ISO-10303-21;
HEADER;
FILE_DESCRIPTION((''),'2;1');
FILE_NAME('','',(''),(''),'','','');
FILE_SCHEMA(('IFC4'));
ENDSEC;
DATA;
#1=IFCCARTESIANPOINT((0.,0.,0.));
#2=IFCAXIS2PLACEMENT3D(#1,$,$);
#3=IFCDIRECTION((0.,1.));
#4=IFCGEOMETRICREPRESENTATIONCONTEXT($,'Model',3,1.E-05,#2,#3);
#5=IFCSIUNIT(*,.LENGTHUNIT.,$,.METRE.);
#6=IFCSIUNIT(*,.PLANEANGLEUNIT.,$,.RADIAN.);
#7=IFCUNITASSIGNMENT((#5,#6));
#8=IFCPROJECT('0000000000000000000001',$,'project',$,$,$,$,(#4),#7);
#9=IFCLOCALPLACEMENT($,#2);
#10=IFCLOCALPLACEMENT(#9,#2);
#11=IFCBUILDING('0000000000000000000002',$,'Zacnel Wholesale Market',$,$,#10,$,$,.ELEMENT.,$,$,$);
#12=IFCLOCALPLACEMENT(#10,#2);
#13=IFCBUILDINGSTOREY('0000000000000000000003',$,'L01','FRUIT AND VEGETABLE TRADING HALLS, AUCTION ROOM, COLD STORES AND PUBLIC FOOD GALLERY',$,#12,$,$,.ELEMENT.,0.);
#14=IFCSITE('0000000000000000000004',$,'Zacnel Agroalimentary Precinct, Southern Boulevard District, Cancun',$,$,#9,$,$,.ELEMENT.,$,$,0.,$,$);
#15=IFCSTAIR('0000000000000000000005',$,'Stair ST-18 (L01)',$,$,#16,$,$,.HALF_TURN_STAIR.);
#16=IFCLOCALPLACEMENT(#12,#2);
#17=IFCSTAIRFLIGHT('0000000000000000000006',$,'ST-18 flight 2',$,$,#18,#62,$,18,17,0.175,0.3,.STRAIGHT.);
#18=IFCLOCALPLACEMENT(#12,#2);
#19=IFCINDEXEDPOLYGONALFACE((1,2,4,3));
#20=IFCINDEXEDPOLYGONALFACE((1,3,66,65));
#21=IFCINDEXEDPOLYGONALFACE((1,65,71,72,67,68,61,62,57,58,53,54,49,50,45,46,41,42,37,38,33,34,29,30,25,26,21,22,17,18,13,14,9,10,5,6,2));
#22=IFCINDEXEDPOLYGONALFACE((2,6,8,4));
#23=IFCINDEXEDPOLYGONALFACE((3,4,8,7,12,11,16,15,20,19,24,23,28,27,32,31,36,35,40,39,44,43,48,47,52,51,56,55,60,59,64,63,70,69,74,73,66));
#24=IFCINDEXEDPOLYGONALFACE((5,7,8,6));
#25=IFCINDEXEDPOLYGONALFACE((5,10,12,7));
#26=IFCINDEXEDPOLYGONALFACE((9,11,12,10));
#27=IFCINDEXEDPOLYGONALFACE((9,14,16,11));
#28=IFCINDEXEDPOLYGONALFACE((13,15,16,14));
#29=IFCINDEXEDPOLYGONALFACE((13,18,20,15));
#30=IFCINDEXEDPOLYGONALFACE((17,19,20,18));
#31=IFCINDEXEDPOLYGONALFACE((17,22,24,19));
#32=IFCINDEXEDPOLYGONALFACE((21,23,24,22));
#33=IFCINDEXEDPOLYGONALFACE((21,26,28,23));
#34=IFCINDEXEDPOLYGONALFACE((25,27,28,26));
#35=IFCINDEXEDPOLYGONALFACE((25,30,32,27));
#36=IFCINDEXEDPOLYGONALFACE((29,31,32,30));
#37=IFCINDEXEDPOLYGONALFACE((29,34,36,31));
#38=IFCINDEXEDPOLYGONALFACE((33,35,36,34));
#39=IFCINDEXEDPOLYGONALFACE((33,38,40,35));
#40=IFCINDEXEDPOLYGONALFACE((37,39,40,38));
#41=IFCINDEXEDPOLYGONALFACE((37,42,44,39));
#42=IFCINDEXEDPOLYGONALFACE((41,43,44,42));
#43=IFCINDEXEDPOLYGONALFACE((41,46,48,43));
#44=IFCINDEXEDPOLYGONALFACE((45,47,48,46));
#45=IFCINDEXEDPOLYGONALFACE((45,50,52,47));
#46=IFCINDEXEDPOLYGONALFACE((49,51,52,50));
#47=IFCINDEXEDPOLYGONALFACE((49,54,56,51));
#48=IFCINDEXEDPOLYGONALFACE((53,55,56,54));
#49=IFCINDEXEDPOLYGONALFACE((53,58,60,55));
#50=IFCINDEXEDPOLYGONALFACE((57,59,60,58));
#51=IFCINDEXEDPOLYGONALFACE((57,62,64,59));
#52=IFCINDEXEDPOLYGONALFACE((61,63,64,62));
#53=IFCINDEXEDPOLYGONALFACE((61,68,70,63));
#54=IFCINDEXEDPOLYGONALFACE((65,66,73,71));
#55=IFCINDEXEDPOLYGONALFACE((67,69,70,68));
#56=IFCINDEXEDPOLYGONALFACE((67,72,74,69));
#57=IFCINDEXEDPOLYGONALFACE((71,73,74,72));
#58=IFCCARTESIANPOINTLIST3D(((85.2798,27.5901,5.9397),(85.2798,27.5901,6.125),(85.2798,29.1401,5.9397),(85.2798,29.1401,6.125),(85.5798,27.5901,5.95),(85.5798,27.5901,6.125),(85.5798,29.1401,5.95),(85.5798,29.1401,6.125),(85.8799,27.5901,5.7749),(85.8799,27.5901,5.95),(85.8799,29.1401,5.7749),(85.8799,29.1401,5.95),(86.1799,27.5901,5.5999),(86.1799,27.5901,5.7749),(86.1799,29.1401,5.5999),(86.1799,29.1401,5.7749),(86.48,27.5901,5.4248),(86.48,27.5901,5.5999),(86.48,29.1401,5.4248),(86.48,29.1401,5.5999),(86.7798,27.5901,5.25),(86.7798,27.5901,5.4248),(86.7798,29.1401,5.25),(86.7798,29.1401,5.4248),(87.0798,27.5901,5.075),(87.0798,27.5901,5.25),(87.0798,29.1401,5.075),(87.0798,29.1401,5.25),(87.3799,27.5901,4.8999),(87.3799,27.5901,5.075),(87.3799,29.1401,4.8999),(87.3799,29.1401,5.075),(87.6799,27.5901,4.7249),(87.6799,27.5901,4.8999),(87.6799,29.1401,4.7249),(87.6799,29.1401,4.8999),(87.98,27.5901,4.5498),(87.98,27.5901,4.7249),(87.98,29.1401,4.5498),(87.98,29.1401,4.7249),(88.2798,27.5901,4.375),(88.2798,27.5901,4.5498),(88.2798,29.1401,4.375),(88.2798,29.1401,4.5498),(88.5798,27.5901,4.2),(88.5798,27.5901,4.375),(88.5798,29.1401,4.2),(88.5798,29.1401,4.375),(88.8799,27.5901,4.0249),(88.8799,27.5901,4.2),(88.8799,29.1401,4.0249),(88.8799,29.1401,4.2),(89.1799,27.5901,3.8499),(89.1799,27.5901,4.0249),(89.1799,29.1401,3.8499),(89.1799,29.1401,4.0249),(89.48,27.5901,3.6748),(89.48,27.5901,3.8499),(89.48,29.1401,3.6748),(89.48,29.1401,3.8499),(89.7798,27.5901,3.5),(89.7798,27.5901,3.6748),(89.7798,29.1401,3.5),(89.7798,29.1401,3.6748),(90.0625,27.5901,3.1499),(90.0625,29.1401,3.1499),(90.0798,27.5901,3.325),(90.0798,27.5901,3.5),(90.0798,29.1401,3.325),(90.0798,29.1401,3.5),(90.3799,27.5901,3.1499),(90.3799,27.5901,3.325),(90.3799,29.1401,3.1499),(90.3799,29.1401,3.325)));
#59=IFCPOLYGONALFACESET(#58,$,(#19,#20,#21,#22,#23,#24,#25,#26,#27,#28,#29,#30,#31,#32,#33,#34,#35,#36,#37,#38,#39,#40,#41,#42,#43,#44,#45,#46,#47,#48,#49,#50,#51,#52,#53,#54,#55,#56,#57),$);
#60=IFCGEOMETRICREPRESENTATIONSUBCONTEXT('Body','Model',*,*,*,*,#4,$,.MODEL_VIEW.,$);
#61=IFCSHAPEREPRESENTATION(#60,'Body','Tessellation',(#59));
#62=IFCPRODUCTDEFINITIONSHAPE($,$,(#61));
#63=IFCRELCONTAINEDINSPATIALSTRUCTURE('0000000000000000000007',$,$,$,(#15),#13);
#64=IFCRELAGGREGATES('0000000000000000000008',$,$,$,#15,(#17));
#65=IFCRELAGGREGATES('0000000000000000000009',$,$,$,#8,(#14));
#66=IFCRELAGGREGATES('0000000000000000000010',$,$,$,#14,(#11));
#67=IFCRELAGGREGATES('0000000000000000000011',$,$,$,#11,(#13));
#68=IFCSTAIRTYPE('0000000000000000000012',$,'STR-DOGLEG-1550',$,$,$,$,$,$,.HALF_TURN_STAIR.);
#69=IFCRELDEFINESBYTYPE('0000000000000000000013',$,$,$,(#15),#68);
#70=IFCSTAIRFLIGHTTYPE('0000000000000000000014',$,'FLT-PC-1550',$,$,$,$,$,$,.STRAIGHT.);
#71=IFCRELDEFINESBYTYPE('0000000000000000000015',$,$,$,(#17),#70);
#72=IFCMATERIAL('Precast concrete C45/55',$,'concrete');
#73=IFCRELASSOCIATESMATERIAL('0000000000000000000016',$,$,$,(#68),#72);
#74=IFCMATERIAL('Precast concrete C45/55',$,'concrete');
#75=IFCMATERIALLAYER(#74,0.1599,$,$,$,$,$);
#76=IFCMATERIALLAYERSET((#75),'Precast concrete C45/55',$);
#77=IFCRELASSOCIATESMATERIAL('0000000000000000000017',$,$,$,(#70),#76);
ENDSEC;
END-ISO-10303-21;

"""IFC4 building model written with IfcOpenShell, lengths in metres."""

from ifc_helpers import new_model, si_unit, direction, frame, origin, place, context, subcontext, project, spatial, polyline, outline, extrude, material, layer, layer_set, type_object, element, aggregate, save


model = new_model("IFC4")

# Units and contexts
model_context = context("Model", 3, precision=1e-05, world=origin(), true_north=direction((0.0, 1.0)))
body_context = subcontext(model_context, "Body", "Model", "MODEL_VIEW")
ifc_project = project(units=[si_unit("LENGTHUNIT", "METRE"), si_unit("PLANEANGLEUNIT", "RADIAN")], contexts=[model_context])

# Site, building, storey
site_placement = place(None, origin())
site = spatial("IfcSite", under=ifc_project, at=site_placement, Name="Zacnel Agroalimentary Precinct, Southern Boulevard District, Cancun", CompositionType="ELEMENT", RefElevation=0.0)
building_placement = place(site_placement, origin())
building = spatial("IfcBuilding", under=site, at=building_placement, Name="Zacnel Wholesale Market", CompositionType="ELEMENT")
storey_placement = place(building_placement, origin())
storey = spatial("IfcBuildingStorey", under=building, at=storey_placement, Name="L01", Description="FRUIT AND VEGETABLE TRADING HALLS, AUCTION ROOM, COLD STORES AND PUBLIC FOOD GALLERY", CompositionType="ELEMENT", Elevation=0.0)

# Stair, stair flight
ifc_material_1 = material(Name="Precast concrete C45/55", Category="concrete")
stair_type = type_object("IfcStairType", Name="STR-DOGLEG-1550", PredefinedType="HALF_TURN_STAIR", material=ifc_material_1)
stair_placement = place(storey_placement, origin())
stair = element("IfcStair", 1, at=stair_placement, inside=storey, type_object=stair_type, Name="Stair ST-18 (L01)", PredefinedType="HALF_TURN_STAIR")
ifc_material_2 = material(Name="Precast concrete C45/55", Category="concrete")
ifc_layer_1 = layer(ifc_material_2, 0.1599)
ifc_layer_set_1 = layer_set([ifc_layer_1], Name="Precast concrete C45/55")
stair_flight_type = type_object("IfcStairFlightType", Name="FLT-PC-1550", PredefinedType="STRAIGHT", material=ifc_layer_set_1)
stair_flight_1_placement = place(storey_placement, frame((90.3799, 28.365, 3.1499), z_axis=(0.0, 0.0, 1.0), x_axis=(-1.0, 0.0, 0.0)))
stair_flight_1 = element("IfcStairFlight", 2, at=stair_flight_1_placement, type_object=stair_flight_type, Name="ST-18 flight 2", NumberOfRisers=18, NumberOfTreads=17, PredefinedType="STRAIGHT", RiserHeight=0.175, TreadLength=0.3, context=body_context, shape_type="SweptSolid", body=[
    extrude(outline(polyline([(0.0, 0.0), (0.0, 0.175), (0.3, 0.175), (0.3, 0.3501), (0.6001, 0.3501), (0.6001, 0.5249), (0.8999, 0.5249), (0.8999, 0.7), (1.2, 0.7), (1.2, 0.875), (1.5, 0.875), (1.5, 1.05), (1.8, 1.05), (1.8, 1.2251), (2.1001, 1.2251), (2.1001, 1.3999), (2.3999, 1.3999), (2.3999, 1.575), (2.7, 1.575), (2.7, 1.75), (3.0, 1.75), (3.0, 1.925), (3.3, 1.925), (3.3, 2.1001), (3.6001, 2.1001), (3.6001, 2.2749), (3.8999, 2.2749), (3.8999, 2.45), (4.2, 2.45), (4.2, 2.625), (4.5, 2.625), (4.5, 2.8), (4.8, 2.8), (4.8, 2.9751), (5.1001, 2.9751), (5.1001, 3.1499), (5.1001, 2.7898), (0.3174, 0.0), (0.0, 0.0)])), frame((0.0, 0.7749, 0.0), z_axis=(0.0, -1.0, 0.0), x_axis=(1.0, 0.0, 0.0)), (0.0, 0.0, 1.0), 1.55),
])
aggregate(stair, [stair_flight_1])

save(model, "model.ifc")
